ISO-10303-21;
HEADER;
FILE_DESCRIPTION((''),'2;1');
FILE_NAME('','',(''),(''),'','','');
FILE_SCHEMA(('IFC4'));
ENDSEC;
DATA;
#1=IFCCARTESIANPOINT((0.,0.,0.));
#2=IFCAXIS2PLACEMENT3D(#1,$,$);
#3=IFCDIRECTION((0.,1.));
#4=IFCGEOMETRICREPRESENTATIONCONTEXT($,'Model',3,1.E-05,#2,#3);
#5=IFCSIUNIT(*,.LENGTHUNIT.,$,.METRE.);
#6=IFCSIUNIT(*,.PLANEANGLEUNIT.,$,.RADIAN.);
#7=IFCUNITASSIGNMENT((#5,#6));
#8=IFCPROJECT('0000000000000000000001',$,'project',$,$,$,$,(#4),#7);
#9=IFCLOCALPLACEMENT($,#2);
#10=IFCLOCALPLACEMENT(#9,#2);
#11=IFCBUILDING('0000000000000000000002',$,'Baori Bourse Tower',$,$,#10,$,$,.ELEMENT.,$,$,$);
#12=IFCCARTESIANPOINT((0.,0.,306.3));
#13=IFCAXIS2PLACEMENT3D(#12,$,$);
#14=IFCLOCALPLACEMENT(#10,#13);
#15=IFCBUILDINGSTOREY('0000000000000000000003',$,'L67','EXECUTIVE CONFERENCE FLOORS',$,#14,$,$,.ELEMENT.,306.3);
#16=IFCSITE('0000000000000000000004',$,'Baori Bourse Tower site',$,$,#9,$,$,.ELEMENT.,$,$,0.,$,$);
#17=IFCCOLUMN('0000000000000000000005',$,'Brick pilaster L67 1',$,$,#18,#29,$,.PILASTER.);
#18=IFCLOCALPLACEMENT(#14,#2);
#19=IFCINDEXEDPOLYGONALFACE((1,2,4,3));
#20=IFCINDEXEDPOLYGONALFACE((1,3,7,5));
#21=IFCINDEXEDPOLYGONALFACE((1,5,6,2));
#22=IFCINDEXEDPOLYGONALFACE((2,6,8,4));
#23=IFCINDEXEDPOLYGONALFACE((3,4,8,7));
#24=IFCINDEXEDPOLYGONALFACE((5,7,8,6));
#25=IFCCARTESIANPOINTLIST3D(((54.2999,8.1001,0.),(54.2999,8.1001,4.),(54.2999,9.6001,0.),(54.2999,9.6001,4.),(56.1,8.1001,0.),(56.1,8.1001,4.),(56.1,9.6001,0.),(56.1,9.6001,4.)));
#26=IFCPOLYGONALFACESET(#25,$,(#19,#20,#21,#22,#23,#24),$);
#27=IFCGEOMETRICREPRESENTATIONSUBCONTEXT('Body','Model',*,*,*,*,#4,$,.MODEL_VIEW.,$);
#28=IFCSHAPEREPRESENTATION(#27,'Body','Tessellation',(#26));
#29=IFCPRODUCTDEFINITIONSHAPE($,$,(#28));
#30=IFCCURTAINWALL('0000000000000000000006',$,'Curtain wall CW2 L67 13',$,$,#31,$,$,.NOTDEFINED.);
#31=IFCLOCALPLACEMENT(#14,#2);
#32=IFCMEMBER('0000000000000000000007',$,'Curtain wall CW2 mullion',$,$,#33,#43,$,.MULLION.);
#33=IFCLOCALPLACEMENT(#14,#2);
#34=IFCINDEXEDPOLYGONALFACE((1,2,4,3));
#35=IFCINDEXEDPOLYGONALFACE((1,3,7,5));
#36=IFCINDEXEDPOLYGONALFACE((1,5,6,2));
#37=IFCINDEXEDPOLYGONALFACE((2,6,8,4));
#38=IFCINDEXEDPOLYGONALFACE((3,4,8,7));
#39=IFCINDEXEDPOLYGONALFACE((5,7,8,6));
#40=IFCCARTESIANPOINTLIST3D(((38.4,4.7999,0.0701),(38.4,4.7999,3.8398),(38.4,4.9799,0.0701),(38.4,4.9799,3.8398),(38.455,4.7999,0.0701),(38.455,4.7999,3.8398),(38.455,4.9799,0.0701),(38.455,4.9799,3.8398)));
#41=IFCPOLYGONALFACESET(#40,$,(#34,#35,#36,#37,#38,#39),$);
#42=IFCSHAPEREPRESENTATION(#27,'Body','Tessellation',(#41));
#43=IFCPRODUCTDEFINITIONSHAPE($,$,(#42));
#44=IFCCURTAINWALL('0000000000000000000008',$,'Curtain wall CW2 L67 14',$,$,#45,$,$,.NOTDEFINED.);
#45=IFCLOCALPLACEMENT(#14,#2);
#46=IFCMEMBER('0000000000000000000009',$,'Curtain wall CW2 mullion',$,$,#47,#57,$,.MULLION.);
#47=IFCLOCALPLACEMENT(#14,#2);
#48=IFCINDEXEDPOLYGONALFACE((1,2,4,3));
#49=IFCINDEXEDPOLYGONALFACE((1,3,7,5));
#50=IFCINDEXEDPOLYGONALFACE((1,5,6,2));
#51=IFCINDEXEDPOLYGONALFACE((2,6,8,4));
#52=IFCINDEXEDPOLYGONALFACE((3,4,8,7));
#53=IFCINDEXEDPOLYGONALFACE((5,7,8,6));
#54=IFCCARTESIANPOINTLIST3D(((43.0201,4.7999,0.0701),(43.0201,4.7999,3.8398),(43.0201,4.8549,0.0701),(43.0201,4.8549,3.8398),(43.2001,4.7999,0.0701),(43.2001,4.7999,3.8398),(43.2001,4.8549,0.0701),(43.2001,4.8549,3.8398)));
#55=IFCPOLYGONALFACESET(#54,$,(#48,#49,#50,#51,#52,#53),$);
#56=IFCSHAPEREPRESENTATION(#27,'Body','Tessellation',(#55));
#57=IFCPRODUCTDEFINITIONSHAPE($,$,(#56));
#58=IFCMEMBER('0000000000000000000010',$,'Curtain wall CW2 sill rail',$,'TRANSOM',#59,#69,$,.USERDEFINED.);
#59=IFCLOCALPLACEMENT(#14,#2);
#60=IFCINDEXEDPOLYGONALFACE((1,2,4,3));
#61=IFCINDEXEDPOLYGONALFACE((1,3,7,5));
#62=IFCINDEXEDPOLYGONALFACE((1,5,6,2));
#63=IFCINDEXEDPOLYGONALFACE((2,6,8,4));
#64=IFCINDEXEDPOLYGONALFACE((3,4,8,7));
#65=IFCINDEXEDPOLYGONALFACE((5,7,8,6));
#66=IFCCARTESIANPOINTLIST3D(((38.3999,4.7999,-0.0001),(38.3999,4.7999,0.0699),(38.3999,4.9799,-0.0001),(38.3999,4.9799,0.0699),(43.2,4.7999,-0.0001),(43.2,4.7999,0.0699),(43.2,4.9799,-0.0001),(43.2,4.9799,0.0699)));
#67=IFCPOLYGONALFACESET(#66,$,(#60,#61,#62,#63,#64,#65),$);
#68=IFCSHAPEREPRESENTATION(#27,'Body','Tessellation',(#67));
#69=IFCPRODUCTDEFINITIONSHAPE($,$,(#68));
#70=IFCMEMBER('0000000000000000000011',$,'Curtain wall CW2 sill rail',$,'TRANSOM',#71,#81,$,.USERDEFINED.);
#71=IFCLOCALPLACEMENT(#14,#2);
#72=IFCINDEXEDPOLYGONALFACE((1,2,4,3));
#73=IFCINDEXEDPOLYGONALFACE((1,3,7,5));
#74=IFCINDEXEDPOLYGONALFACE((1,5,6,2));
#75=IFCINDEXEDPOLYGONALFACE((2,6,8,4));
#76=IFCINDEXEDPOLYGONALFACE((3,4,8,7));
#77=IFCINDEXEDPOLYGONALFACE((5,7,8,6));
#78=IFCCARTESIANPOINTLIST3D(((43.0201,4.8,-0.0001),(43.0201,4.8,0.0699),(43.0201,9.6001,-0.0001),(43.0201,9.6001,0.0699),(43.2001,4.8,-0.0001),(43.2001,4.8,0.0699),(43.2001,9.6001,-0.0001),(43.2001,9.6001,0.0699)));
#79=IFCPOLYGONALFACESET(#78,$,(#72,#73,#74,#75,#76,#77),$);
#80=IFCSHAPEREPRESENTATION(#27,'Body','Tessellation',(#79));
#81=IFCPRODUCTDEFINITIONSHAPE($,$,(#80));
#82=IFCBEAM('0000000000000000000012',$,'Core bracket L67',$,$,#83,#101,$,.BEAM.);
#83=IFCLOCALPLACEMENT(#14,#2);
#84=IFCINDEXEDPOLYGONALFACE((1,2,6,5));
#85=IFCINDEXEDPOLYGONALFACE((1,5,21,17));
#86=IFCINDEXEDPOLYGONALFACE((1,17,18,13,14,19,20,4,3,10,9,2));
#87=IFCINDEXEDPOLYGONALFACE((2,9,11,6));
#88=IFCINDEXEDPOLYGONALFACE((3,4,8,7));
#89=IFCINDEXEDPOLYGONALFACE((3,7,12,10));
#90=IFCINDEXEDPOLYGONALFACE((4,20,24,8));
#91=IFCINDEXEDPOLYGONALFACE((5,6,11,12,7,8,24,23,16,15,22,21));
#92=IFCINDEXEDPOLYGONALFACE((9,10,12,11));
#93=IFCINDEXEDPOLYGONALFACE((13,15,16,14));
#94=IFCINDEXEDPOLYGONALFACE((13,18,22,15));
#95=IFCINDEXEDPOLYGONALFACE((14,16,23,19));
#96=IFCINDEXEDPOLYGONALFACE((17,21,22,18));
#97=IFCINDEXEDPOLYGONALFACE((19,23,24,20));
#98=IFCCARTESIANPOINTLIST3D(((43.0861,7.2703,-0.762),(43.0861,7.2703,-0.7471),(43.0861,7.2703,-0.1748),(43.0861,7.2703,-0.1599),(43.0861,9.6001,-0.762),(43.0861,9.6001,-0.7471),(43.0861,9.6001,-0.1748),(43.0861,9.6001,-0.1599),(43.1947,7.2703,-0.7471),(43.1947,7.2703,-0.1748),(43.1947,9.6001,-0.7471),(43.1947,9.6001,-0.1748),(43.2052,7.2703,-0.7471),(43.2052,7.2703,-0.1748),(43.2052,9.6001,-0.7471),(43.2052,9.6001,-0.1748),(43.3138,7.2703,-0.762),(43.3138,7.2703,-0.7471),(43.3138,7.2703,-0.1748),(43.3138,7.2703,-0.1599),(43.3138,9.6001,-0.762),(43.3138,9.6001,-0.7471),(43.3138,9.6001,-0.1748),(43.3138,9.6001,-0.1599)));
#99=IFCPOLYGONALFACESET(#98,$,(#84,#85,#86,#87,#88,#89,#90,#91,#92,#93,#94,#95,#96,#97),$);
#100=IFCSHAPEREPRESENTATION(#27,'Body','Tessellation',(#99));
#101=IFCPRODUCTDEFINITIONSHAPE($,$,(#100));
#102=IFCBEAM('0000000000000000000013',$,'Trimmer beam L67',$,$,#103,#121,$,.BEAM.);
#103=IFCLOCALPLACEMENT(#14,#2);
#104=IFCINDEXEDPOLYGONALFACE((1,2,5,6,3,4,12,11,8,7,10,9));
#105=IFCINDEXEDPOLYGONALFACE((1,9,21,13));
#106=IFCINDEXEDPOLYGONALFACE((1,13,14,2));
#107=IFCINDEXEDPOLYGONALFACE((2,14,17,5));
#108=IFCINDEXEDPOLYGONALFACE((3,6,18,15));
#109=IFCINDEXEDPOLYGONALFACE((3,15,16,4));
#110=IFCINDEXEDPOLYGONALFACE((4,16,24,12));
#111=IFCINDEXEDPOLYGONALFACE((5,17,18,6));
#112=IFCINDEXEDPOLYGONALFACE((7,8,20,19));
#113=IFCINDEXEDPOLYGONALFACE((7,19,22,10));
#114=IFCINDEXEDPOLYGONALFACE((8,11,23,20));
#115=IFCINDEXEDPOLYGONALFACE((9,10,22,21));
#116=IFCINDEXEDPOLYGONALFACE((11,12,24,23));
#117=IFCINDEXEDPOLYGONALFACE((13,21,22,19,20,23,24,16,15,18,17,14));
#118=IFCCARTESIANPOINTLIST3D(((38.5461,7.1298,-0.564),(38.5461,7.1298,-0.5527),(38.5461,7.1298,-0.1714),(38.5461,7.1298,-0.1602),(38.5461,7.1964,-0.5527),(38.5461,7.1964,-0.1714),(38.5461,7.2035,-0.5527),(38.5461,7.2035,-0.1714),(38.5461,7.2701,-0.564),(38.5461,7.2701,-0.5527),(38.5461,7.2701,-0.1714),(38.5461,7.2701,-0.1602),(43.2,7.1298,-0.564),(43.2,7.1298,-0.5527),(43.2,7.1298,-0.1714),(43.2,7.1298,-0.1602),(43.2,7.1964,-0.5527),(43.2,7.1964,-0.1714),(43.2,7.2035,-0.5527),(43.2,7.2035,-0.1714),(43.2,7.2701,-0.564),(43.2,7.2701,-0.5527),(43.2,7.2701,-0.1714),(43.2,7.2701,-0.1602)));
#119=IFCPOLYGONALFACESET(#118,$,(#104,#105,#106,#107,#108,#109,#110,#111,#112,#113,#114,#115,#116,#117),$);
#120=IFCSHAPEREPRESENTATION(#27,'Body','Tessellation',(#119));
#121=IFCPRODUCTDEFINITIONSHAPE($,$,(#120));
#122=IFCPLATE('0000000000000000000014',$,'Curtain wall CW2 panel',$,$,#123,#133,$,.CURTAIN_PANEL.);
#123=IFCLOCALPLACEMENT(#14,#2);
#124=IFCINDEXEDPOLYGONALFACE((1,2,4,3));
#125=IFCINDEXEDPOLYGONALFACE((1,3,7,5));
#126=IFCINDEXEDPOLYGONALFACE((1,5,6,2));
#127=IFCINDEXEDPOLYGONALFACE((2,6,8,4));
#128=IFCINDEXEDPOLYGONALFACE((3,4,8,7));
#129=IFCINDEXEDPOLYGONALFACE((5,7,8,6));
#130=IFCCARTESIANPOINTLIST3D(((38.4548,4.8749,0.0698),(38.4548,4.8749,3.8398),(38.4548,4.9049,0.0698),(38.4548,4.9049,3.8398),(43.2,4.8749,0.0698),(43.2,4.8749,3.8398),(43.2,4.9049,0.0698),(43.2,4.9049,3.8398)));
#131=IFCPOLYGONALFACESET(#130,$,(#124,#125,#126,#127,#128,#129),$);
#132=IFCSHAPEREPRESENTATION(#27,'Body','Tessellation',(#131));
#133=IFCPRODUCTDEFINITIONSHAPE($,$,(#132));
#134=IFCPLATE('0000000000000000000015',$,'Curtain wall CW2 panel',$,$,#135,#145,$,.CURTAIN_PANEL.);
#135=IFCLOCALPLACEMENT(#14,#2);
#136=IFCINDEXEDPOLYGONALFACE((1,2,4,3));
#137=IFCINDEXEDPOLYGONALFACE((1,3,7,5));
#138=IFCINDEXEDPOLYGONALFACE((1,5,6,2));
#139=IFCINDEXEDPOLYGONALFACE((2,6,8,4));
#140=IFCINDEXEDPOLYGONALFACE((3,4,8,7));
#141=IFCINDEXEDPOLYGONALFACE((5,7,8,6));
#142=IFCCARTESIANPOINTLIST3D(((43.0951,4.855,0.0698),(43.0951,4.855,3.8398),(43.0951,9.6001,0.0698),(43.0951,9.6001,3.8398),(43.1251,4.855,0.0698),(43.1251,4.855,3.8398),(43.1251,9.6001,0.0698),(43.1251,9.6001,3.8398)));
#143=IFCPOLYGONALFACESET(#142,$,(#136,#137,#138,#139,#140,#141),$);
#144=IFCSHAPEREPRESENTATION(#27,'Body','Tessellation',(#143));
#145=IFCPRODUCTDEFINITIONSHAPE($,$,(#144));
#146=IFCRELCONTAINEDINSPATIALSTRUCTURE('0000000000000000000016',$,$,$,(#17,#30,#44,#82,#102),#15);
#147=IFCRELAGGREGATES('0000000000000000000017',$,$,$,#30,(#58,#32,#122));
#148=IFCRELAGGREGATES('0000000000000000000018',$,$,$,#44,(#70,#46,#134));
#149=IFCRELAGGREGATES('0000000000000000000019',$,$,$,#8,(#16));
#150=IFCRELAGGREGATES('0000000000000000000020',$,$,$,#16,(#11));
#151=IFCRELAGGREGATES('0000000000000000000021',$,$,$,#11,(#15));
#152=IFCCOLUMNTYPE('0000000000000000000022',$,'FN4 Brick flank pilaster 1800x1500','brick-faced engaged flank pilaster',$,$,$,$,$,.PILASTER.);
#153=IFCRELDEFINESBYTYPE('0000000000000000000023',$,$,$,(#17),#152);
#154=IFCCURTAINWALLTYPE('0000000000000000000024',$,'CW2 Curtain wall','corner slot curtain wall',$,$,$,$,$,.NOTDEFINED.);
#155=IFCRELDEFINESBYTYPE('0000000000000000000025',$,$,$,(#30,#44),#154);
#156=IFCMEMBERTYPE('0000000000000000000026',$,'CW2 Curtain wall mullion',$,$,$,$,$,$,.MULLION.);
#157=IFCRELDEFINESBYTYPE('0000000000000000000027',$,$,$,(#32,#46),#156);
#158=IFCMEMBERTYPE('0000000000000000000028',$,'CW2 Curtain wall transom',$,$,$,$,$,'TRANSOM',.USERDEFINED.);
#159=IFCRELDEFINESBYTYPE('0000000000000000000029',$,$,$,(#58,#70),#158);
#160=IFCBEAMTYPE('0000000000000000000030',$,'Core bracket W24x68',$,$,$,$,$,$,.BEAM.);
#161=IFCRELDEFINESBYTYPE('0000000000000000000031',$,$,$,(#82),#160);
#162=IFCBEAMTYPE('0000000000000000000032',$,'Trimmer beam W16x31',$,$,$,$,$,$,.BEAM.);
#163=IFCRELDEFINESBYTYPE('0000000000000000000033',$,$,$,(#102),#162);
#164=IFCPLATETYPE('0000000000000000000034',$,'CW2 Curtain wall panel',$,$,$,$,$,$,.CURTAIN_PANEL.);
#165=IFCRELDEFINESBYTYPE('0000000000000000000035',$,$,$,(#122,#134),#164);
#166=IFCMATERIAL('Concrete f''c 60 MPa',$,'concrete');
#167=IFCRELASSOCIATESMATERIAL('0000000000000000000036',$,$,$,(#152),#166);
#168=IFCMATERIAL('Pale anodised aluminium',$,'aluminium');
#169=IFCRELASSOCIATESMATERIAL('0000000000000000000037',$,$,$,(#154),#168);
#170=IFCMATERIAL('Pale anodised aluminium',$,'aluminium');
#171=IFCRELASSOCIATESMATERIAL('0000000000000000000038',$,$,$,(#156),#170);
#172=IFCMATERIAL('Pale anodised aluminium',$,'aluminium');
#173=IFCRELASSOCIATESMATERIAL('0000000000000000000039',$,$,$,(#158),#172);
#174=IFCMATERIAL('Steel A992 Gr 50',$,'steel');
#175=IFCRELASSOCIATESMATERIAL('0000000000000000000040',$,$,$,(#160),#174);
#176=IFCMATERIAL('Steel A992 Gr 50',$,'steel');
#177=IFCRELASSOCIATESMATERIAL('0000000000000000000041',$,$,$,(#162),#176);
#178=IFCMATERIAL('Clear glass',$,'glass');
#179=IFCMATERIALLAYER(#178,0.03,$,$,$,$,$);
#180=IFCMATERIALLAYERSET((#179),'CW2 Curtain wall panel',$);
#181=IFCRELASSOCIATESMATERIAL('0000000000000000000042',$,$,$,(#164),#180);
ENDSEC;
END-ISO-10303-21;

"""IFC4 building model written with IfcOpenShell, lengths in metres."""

from ifc_helpers import new_model, si_unit, direction, frame, origin, origin_2d, place, context, subcontext, project, spatial, rectangle, i_section, extrude, material, layer, layer_set, material_profile, profile_set, type_object, element, aggregate, save


model = new_model("IFC4")

# Units and contexts
model_context = context("Model", 3, precision=1e-05, world=origin(), true_north=direction((0.0, 1.0)))
body_context = subcontext(model_context, "Body", "Model", "MODEL_VIEW")
ifc_project = project(units=[si_unit("LENGTHUNIT", "METRE"), si_unit("PLANEANGLEUNIT", "RADIAN")], contexts=[model_context])

# Site, building, storey
site_placement = place(None, origin())
site = spatial("IfcSite", under=ifc_project, at=site_placement, Name="Baori Bourse Tower site", CompositionType="ELEMENT", RefElevation=0.0)
building_placement = place(site_placement, origin())
building = spatial("IfcBuilding", under=site, at=building_placement, Name="Baori Bourse Tower", CompositionType="ELEMENT")
storey_placement = place(building_placement, frame((0.0, 0.0, 306.3)))
storey = spatial("IfcBuildingStorey", under=building, at=storey_placement, Name="L67", Description="EXECUTIVE CONFERENCE FLOORS", CompositionType="ELEMENT", Elevation=306.3)

# Column
ifc_material_1 = material(Name="Concrete f'c 60 MPa", Category="concrete")
ifc_material_profile_1 = material_profile(ifc_material_1, rectangle(XDim=1.8, YDim=1.5, at=origin_2d()), Name="RC 1800x1500")
ifc_profile_set_1 = profile_set([ifc_material_profile_1], Name="Concrete f'c 60 MPa")
column_type = type_object("IfcColumnType", Name="FN4 Brick flank pilaster 1800x1500", Description="brick-faced engaged flank pilaster", PredefinedType="PILASTER", material=ifc_profile_set_1)
column_placement = place(storey_placement, frame((55.2, 8.8501, 0.0), z_axis=(0.0, 0.0, 1.0), x_axis=(1.0, 0.0, 0.0)))
element("IfcColumn", 1, at=column_placement, inside=storey, type_object=column_type, Name="Brick pilaster L67 1", PredefinedType="PILASTER", context=body_context, shape_type="SweptSolid", body=[
    extrude(rectangle(XDim=1.8, YDim=1.5, at=origin_2d()), origin(), (0.0, 0.0, 1.0), 4.0),
])

# Curtain walls, members
ifc_material_2 = material(Name="Pale anodised aluminium", Category="aluminium")
curtain_wall_type = type_object("IfcCurtainWallType", Name="CW2 Curtain wall", Description="corner slot curtain wall", PredefinedType="NOTDEFINED", material=ifc_material_2)
curtain_wall_1_placement = place(storey_placement, origin())
curtain_wall_1 = element("IfcCurtainWall", 2, at=curtain_wall_1_placement, inside=storey, type_object=curtain_wall_type, Name="Curtain wall CW2 L67 13", PredefinedType="NOTDEFINED")
ifc_material_3 = material(Name="Pale anodised aluminium", Category="aluminium")
ifc_material_profile_2 = material_profile(ifc_material_3, rectangle(XDim=0.1799, YDim=0.0549, at=origin_2d()), Name="Mullion 55x180")
ifc_profile_set_2 = profile_set([ifc_material_profile_2], Name="Pale anodised aluminium")
member_type_1 = type_object("IfcMemberType", Name="CW2 Curtain wall mullion", PredefinedType="MULLION", material=ifc_profile_set_2)
member_1_placement = place(storey_placement, frame((38.4275, 4.8899, 0.0701), z_axis=(0.0, 0.0, 1.0), x_axis=(0.0, 1.0, 0.0)))
member_1 = element("IfcMember", 3, at=member_1_placement, type_object=member_type_1, Name="Curtain wall CW2 mullion", PredefinedType="MULLION", context=body_context, shape_type="SweptSolid", body=[
    extrude(rectangle(XDim=0.1799, YDim=0.0549, at=origin_2d()), origin(), (0.0, 0.0, 1.0), 3.7698),
])
curtain_wall_2_placement = place(storey_placement, origin())
curtain_wall_2 = element("IfcCurtainWall", 4, at=curtain_wall_2_placement, inside=storey, type_object=curtain_wall_type, Name="Curtain wall CW2 L67 14", PredefinedType="NOTDEFINED")
member_2_placement = place(storey_placement, frame((43.1101, 4.8274, 0.0701), z_axis=(0.0, 0.0, 1.0), x_axis=(-1.0, 0.0, 0.0)))
member_2 = element("IfcMember", 5, at=member_2_placement, type_object=member_type_1, Name="Curtain wall CW2 mullion", PredefinedType="MULLION", context=body_context, shape_type="SweptSolid", body=[
    extrude(rectangle(XDim=0.1799, YDim=0.0549, at=origin_2d()), origin(), (0.0, 0.0, 1.0), 3.7698),
])

# Members
ifc_material_4 = material(Name="Pale anodised aluminium", Category="aluminium")
ifc_material_profile_3 = material_profile(ifc_material_4, rectangle(XDim=0.1799, YDim=0.0701, at=origin_2d()), Name="Transom 70x180")
ifc_profile_set_3 = profile_set([ifc_material_profile_3], Name="Pale anodised aluminium")
member_type_2 = type_object("IfcMemberType", Name="CW2 Curtain wall transom", ElementType="TRANSOM", PredefinedType="USERDEFINED", material=ifc_profile_set_3)
member_3_placement = place(storey_placement, frame((38.3999, 4.8899, 0.0349), z_axis=(1.0, 0.0, 0.0), x_axis=(0.0, 1.0, 0.0)))
member_3 = element("IfcMember", 6, at=member_3_placement, type_object=member_type_2, Name="Curtain wall CW2 sill rail", ObjectType="TRANSOM", PredefinedType="USERDEFINED", context=body_context, shape_type="SweptSolid", body=[
    extrude(rectangle(XDim=0.1799, YDim=0.0701, at=origin_2d()), origin(), (0.0, 0.0, 1.0), 4.8),
])
member_4_placement = place(storey_placement, frame((43.1101, 4.8, 0.0349), z_axis=(0.0, 1.0, 0.0), x_axis=(-1.0, 0.0, 0.0)))
member_4 = element("IfcMember", 7, at=member_4_placement, type_object=member_type_2, Name="Curtain wall CW2 sill rail", ObjectType="TRANSOM", PredefinedType="USERDEFINED", context=body_context, shape_type="SweptSolid", body=[
    extrude(rectangle(XDim=0.1799, YDim=0.0701, at=origin_2d()), origin(), (0.0, 0.0, 1.0), 4.8),
])

# Beams
ifc_material_5 = material(Name="Steel A992 Gr 50", Category="steel")
ifc_material_profile_4 = material_profile(ifc_material_5, i_section(OverallWidth=0.2278, OverallDepth=0.6021, WebThickness=0.0105, FlangeThickness=0.0149, at=origin_2d()), Name="W24x68")
ifc_profile_set_4 = profile_set([ifc_material_profile_4], Name="Steel A992 Gr 50")
beam_type_1 = type_object("IfcBeamType", Name="Core bracket W24x68", PredefinedType="BEAM", material=ifc_profile_set_4)
beam_1_placement = place(storey_placement, frame((43.2, 7.2703, -0.4609), z_axis=(0.0, 1.0, 0.0), x_axis=(-1.0, 0.0, 0.0)))
element("IfcBeam", 8, at=beam_1_placement, inside=storey, type_object=beam_type_1, Name="Core bracket L67", PredefinedType="BEAM", context=body_context, shape_type="SweptSolid", body=[
    extrude(i_section(OverallWidth=0.2278, OverallDepth=0.6021, WebThickness=0.0105, FlangeThickness=0.0149, at=origin_2d()), origin(), (0.0, 0.0, 1.0), 2.3298),
])
ifc_material_6 = material(Name="Steel A992 Gr 50", Category="steel")
ifc_material_profile_5 = material_profile(ifc_material_6, i_section(OverallWidth=0.1404, OverallDepth=0.4038, WebThickness=0.0071, FlangeThickness=0.0112, at=origin_2d()), Name="W16x31")
ifc_profile_set_5 = profile_set([ifc_material_profile_5], Name="Steel A992 Gr 50")
beam_type_2 = type_object("IfcBeamType", Name="Trimmer beam W16x31", PredefinedType="BEAM", material=ifc_profile_set_5)
beam_2_placement = place(storey_placement, frame((38.5461, 7.2, -0.3621), z_axis=(1.0, 0.0, 0.0), x_axis=(0.0, 1.0, 0.0)))
element("IfcBeam", 9, at=beam_2_placement, inside=storey, type_object=beam_type_2, Name="Trimmer beam L67", PredefinedType="BEAM", context=body_context, shape_type="SweptSolid", body=[
    extrude(i_section(OverallWidth=0.1404, OverallDepth=0.4038, WebThickness=0.0071, FlangeThickness=0.0112, at=origin_2d()), origin(), (0.0, 0.0, 1.0), 4.6538),
])

# Plates
ifc_material_7 = material(Name="Clear glass", Category="glass")
ifc_layer_1 = layer(ifc_material_7, 0.03)
ifc_layer_set_1 = layer_set([ifc_layer_1], Name="CW2 Curtain wall panel")
plate_type = type_object("IfcPlateType", Name="CW2 Curtain wall panel", PredefinedType="CURTAIN_PANEL", material=ifc_layer_set_1)
plate_1_placement = place(storey_placement, frame((40.8274, 4.8899, 0.0698), z_axis=(0.0, 0.0, 1.0), x_axis=(1.0, 0.0, 0.0)))
plate_1 = element("IfcPlate", 10, at=plate_1_placement, type_object=plate_type, Name="Curtain wall CW2 panel", PredefinedType="CURTAIN_PANEL", context=body_context, shape_type="SweptSolid", body=[
    extrude(rectangle(XDim=4.7451, YDim=0.03, at=origin_2d()), origin(), (0.0, 0.0, 1.0), 3.77),
])
aggregate(curtain_wall_1, [member_3, member_1, plate_1])
plate_2_placement = place(storey_placement, frame((43.1101, 7.2275, 0.0698), z_axis=(0.0, 0.0, 1.0), x_axis=(0.0, 1.0, 0.0)))
plate_2 = element("IfcPlate", 11, at=plate_2_placement, type_object=plate_type, Name="Curtain wall CW2 panel", PredefinedType="CURTAIN_PANEL", context=body_context, shape_type="SweptSolid", body=[
    extrude(rectangle(XDim=4.7451, YDim=0.03, at=origin_2d()), origin(), (0.0, 0.0, 1.0), 3.77),
])
aggregate(curtain_wall_2, [member_4, member_2, plate_2])

save(model, "model.ifc")
